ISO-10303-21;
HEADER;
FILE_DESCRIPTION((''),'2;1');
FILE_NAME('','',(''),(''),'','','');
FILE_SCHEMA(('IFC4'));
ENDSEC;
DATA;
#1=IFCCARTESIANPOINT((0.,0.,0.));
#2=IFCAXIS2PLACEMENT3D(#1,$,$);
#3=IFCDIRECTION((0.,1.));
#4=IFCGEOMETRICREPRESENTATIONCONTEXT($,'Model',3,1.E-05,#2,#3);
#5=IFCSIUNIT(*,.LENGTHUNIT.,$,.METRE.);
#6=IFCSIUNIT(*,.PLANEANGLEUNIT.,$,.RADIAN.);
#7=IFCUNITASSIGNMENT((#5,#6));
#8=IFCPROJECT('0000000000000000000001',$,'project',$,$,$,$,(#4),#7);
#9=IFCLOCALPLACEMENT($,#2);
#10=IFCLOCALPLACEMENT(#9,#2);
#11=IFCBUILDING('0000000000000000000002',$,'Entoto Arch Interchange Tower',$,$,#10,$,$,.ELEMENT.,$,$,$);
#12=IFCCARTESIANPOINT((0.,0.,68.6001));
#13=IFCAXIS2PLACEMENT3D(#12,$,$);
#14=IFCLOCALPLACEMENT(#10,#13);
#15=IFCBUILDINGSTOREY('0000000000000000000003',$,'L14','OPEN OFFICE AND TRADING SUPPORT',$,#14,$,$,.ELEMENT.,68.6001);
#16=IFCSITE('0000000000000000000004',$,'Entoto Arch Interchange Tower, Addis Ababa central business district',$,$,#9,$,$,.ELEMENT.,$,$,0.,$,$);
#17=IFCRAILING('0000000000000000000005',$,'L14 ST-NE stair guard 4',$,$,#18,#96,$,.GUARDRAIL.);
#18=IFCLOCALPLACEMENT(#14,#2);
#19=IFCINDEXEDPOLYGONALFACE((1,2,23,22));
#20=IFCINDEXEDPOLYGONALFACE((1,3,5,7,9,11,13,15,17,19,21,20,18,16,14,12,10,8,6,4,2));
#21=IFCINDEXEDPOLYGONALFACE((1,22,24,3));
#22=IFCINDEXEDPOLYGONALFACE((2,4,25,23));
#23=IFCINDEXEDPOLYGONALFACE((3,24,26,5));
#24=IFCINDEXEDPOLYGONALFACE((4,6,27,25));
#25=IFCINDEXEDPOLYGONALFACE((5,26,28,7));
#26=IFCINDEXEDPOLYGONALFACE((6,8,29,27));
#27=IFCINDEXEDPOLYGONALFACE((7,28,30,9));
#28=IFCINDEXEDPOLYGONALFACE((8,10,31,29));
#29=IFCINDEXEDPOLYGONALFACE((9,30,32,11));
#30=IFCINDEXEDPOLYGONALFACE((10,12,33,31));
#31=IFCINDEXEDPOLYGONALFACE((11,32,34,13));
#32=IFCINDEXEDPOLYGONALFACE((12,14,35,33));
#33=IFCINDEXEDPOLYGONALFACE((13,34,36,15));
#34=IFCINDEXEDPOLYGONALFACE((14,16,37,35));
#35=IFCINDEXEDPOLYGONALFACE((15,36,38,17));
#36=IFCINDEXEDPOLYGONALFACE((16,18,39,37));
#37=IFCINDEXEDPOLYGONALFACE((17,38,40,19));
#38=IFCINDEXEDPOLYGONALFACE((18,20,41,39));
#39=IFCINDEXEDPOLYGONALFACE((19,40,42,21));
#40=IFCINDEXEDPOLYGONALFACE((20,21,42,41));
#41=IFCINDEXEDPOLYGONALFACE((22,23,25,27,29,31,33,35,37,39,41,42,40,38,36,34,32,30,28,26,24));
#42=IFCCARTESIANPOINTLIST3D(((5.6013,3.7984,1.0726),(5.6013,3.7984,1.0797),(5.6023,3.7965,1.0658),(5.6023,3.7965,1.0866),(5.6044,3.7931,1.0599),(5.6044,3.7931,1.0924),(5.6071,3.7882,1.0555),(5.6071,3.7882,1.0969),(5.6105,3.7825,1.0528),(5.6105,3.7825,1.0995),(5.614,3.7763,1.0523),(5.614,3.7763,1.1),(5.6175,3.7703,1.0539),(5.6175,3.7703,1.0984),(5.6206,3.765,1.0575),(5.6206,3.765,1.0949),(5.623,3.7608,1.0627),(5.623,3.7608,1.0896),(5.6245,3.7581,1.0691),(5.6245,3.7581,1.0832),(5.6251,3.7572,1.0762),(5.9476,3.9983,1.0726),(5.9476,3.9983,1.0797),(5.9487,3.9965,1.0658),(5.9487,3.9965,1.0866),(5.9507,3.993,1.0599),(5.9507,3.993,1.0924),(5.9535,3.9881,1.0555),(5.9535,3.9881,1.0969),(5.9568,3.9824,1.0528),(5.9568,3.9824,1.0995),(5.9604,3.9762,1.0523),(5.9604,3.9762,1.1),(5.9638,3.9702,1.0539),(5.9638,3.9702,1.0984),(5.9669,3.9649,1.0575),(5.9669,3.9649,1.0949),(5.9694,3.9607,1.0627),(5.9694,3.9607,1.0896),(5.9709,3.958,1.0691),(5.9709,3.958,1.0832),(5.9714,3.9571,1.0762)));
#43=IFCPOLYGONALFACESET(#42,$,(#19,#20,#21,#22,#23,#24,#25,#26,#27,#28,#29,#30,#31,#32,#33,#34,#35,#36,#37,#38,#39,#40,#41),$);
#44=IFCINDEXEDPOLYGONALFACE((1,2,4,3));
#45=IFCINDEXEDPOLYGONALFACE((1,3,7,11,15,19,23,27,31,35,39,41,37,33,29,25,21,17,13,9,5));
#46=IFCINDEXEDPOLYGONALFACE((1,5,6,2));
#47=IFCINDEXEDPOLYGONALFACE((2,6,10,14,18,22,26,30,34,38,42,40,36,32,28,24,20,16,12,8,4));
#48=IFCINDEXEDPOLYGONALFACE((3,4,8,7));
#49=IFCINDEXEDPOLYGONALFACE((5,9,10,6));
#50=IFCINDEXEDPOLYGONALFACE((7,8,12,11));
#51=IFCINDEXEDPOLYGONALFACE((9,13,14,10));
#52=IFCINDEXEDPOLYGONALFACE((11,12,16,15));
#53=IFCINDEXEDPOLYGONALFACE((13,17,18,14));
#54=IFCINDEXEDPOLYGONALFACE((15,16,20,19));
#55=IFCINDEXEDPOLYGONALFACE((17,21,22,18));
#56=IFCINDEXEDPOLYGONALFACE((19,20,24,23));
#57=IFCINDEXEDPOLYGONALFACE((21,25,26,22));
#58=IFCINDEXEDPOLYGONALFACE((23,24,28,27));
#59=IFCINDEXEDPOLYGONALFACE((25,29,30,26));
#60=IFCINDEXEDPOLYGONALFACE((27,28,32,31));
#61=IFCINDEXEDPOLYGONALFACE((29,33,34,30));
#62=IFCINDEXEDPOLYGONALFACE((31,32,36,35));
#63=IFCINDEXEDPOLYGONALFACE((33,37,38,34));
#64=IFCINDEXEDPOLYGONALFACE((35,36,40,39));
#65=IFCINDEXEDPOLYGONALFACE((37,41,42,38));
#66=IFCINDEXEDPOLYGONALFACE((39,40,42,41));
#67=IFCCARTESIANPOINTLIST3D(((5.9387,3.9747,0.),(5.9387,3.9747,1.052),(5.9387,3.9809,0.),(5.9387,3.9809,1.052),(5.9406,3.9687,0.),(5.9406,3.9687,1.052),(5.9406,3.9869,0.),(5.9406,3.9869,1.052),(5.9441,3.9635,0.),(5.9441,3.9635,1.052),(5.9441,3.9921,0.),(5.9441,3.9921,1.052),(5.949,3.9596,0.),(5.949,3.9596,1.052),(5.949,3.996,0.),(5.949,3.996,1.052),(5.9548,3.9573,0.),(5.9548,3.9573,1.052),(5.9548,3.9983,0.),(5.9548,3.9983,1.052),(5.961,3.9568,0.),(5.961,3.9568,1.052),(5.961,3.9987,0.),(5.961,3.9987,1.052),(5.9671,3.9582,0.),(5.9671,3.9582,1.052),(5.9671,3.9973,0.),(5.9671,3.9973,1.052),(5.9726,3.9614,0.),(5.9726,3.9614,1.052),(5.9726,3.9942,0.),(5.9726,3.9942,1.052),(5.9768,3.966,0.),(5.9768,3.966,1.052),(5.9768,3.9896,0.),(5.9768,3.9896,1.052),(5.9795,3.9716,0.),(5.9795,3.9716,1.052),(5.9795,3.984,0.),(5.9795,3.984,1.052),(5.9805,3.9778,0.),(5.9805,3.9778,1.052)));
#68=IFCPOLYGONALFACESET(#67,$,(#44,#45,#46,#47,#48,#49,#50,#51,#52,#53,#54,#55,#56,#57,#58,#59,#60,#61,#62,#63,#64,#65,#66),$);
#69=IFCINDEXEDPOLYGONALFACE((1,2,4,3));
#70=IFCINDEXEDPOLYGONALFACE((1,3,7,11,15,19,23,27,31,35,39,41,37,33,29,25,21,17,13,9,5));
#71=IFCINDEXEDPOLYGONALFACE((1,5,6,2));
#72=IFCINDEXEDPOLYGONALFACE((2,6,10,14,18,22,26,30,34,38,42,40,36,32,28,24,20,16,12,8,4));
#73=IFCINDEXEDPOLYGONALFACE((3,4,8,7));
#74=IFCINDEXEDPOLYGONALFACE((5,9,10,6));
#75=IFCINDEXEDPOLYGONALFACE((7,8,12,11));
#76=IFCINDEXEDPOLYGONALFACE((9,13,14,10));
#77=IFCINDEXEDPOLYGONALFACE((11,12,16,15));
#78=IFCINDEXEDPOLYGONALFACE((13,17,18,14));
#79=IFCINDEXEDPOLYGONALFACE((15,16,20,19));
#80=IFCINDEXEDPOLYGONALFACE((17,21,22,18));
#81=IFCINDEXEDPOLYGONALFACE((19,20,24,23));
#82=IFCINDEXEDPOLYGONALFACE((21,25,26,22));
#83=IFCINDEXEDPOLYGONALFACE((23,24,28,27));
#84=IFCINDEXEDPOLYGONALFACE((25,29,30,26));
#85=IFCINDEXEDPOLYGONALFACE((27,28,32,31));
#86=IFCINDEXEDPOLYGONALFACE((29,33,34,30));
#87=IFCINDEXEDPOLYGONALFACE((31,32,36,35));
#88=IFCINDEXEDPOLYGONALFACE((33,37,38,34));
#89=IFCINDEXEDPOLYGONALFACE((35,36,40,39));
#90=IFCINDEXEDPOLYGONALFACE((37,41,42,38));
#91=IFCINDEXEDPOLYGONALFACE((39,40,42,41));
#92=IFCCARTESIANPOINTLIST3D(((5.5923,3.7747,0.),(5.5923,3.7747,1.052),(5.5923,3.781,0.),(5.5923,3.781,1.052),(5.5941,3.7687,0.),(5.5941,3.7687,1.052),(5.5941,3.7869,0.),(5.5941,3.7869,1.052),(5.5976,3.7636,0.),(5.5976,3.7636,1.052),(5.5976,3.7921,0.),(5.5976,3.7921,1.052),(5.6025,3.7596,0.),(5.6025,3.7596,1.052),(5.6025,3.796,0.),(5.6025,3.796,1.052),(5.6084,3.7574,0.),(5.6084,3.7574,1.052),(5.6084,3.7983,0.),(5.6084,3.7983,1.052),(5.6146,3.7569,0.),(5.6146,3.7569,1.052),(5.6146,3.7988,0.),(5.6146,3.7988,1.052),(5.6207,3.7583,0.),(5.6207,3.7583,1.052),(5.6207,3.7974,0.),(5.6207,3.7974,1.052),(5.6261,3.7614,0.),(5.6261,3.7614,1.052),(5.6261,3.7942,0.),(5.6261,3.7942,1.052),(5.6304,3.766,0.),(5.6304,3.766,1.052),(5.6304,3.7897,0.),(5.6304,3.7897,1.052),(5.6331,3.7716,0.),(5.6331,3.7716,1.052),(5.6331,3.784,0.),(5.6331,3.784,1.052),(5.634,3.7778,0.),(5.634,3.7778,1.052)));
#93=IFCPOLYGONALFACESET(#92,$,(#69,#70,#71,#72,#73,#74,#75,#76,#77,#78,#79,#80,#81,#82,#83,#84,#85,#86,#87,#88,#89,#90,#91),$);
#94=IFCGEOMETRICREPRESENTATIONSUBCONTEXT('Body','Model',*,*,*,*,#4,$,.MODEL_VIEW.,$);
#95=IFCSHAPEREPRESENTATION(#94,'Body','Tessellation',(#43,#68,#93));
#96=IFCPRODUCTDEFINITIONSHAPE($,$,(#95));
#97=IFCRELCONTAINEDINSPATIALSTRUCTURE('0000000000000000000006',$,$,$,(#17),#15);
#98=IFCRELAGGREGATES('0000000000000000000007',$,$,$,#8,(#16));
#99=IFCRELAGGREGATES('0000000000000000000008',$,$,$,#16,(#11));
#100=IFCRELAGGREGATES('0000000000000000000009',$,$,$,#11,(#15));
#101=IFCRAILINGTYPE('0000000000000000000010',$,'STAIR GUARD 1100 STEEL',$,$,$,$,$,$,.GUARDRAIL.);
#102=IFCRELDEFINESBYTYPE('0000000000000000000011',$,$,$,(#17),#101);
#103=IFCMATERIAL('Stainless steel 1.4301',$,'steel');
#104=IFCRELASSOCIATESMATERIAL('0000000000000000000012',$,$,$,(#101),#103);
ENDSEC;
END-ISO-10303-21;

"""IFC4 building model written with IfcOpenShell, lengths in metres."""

from ifc_helpers import new_model, si_unit, direction, frame, origin, origin_2d, place, context, subcontext, project, spatial, circle, extrude, material, type_object, element, save


model = new_model("IFC4")

# Units and contexts
model_context = context("Model", 3, precision=1e-05, world=origin(), true_north=direction((0.0, 1.0)))
body_context = subcontext(model_context, "Body", "Model", "MODEL_VIEW")
ifc_project = project(units=[si_unit("LENGTHUNIT", "METRE"), si_unit("PLANEANGLEUNIT", "RADIAN")], contexts=[model_context])

# Site, building, storey
site_placement = place(None, origin())
site = spatial("IfcSite", under=ifc_project, at=site_placement, Name="Entoto Arch Interchange Tower, Addis Ababa central business district", CompositionType="ELEMENT", RefElevation=0.0)
building_placement = place(site_placement, origin())
building = spatial("IfcBuilding", under=site, at=building_placement, Name="Entoto Arch Interchange Tower", CompositionType="ELEMENT")
storey_placement = place(building_placement, frame((0.0, 0.0, 68.6001)))
storey = spatial("IfcBuildingStorey", under=building, at=storey_placement, Name="L14", Description="OPEN OFFICE AND TRADING SUPPORT", CompositionType="ELEMENT", Elevation=68.6001)

# Railing
ifc_material_1 = material(Name="Stainless steel 1.4301", Category="steel")
railing_type_1 = type_object("IfcRailingType", Name="STAIR GUARD 1100 STEEL", PredefinedType="GUARDRAIL", material=ifc_material_1)
railing_1_placement = place(storey_placement, frame((5.9595, 3.9778, 0.0)))
element("IfcRailing", 1, at=railing_1_placement, inside=storey, type_object=railing_type_1, Name="L14 ST-NE stair guard 4", PredefinedType="GUARDRAIL", context=body_context, shape_type="SweptSolid", body=[
    extrude(circle(Radius=0.0239, at=origin_2d()), frame((0.0, 0.0, 1.0762), z_axis=(-0.866094, -0.499881, 0.0), x_axis=(0.499881, -0.866094, 0.0)), (0.0, 0.0, 1.0), 0.3999),
    extrude(circle(Radius=0.021, at=origin_2d()), origin(), (0.0, 0.0, 1.0), 1.052),
    extrude(circle(Radius=0.021, at=origin_2d()), frame((-0.3464, -0.2, 0.0)), (0.0, 0.0, 1.0), 1.052),
])

save(model, "model.ifc")
